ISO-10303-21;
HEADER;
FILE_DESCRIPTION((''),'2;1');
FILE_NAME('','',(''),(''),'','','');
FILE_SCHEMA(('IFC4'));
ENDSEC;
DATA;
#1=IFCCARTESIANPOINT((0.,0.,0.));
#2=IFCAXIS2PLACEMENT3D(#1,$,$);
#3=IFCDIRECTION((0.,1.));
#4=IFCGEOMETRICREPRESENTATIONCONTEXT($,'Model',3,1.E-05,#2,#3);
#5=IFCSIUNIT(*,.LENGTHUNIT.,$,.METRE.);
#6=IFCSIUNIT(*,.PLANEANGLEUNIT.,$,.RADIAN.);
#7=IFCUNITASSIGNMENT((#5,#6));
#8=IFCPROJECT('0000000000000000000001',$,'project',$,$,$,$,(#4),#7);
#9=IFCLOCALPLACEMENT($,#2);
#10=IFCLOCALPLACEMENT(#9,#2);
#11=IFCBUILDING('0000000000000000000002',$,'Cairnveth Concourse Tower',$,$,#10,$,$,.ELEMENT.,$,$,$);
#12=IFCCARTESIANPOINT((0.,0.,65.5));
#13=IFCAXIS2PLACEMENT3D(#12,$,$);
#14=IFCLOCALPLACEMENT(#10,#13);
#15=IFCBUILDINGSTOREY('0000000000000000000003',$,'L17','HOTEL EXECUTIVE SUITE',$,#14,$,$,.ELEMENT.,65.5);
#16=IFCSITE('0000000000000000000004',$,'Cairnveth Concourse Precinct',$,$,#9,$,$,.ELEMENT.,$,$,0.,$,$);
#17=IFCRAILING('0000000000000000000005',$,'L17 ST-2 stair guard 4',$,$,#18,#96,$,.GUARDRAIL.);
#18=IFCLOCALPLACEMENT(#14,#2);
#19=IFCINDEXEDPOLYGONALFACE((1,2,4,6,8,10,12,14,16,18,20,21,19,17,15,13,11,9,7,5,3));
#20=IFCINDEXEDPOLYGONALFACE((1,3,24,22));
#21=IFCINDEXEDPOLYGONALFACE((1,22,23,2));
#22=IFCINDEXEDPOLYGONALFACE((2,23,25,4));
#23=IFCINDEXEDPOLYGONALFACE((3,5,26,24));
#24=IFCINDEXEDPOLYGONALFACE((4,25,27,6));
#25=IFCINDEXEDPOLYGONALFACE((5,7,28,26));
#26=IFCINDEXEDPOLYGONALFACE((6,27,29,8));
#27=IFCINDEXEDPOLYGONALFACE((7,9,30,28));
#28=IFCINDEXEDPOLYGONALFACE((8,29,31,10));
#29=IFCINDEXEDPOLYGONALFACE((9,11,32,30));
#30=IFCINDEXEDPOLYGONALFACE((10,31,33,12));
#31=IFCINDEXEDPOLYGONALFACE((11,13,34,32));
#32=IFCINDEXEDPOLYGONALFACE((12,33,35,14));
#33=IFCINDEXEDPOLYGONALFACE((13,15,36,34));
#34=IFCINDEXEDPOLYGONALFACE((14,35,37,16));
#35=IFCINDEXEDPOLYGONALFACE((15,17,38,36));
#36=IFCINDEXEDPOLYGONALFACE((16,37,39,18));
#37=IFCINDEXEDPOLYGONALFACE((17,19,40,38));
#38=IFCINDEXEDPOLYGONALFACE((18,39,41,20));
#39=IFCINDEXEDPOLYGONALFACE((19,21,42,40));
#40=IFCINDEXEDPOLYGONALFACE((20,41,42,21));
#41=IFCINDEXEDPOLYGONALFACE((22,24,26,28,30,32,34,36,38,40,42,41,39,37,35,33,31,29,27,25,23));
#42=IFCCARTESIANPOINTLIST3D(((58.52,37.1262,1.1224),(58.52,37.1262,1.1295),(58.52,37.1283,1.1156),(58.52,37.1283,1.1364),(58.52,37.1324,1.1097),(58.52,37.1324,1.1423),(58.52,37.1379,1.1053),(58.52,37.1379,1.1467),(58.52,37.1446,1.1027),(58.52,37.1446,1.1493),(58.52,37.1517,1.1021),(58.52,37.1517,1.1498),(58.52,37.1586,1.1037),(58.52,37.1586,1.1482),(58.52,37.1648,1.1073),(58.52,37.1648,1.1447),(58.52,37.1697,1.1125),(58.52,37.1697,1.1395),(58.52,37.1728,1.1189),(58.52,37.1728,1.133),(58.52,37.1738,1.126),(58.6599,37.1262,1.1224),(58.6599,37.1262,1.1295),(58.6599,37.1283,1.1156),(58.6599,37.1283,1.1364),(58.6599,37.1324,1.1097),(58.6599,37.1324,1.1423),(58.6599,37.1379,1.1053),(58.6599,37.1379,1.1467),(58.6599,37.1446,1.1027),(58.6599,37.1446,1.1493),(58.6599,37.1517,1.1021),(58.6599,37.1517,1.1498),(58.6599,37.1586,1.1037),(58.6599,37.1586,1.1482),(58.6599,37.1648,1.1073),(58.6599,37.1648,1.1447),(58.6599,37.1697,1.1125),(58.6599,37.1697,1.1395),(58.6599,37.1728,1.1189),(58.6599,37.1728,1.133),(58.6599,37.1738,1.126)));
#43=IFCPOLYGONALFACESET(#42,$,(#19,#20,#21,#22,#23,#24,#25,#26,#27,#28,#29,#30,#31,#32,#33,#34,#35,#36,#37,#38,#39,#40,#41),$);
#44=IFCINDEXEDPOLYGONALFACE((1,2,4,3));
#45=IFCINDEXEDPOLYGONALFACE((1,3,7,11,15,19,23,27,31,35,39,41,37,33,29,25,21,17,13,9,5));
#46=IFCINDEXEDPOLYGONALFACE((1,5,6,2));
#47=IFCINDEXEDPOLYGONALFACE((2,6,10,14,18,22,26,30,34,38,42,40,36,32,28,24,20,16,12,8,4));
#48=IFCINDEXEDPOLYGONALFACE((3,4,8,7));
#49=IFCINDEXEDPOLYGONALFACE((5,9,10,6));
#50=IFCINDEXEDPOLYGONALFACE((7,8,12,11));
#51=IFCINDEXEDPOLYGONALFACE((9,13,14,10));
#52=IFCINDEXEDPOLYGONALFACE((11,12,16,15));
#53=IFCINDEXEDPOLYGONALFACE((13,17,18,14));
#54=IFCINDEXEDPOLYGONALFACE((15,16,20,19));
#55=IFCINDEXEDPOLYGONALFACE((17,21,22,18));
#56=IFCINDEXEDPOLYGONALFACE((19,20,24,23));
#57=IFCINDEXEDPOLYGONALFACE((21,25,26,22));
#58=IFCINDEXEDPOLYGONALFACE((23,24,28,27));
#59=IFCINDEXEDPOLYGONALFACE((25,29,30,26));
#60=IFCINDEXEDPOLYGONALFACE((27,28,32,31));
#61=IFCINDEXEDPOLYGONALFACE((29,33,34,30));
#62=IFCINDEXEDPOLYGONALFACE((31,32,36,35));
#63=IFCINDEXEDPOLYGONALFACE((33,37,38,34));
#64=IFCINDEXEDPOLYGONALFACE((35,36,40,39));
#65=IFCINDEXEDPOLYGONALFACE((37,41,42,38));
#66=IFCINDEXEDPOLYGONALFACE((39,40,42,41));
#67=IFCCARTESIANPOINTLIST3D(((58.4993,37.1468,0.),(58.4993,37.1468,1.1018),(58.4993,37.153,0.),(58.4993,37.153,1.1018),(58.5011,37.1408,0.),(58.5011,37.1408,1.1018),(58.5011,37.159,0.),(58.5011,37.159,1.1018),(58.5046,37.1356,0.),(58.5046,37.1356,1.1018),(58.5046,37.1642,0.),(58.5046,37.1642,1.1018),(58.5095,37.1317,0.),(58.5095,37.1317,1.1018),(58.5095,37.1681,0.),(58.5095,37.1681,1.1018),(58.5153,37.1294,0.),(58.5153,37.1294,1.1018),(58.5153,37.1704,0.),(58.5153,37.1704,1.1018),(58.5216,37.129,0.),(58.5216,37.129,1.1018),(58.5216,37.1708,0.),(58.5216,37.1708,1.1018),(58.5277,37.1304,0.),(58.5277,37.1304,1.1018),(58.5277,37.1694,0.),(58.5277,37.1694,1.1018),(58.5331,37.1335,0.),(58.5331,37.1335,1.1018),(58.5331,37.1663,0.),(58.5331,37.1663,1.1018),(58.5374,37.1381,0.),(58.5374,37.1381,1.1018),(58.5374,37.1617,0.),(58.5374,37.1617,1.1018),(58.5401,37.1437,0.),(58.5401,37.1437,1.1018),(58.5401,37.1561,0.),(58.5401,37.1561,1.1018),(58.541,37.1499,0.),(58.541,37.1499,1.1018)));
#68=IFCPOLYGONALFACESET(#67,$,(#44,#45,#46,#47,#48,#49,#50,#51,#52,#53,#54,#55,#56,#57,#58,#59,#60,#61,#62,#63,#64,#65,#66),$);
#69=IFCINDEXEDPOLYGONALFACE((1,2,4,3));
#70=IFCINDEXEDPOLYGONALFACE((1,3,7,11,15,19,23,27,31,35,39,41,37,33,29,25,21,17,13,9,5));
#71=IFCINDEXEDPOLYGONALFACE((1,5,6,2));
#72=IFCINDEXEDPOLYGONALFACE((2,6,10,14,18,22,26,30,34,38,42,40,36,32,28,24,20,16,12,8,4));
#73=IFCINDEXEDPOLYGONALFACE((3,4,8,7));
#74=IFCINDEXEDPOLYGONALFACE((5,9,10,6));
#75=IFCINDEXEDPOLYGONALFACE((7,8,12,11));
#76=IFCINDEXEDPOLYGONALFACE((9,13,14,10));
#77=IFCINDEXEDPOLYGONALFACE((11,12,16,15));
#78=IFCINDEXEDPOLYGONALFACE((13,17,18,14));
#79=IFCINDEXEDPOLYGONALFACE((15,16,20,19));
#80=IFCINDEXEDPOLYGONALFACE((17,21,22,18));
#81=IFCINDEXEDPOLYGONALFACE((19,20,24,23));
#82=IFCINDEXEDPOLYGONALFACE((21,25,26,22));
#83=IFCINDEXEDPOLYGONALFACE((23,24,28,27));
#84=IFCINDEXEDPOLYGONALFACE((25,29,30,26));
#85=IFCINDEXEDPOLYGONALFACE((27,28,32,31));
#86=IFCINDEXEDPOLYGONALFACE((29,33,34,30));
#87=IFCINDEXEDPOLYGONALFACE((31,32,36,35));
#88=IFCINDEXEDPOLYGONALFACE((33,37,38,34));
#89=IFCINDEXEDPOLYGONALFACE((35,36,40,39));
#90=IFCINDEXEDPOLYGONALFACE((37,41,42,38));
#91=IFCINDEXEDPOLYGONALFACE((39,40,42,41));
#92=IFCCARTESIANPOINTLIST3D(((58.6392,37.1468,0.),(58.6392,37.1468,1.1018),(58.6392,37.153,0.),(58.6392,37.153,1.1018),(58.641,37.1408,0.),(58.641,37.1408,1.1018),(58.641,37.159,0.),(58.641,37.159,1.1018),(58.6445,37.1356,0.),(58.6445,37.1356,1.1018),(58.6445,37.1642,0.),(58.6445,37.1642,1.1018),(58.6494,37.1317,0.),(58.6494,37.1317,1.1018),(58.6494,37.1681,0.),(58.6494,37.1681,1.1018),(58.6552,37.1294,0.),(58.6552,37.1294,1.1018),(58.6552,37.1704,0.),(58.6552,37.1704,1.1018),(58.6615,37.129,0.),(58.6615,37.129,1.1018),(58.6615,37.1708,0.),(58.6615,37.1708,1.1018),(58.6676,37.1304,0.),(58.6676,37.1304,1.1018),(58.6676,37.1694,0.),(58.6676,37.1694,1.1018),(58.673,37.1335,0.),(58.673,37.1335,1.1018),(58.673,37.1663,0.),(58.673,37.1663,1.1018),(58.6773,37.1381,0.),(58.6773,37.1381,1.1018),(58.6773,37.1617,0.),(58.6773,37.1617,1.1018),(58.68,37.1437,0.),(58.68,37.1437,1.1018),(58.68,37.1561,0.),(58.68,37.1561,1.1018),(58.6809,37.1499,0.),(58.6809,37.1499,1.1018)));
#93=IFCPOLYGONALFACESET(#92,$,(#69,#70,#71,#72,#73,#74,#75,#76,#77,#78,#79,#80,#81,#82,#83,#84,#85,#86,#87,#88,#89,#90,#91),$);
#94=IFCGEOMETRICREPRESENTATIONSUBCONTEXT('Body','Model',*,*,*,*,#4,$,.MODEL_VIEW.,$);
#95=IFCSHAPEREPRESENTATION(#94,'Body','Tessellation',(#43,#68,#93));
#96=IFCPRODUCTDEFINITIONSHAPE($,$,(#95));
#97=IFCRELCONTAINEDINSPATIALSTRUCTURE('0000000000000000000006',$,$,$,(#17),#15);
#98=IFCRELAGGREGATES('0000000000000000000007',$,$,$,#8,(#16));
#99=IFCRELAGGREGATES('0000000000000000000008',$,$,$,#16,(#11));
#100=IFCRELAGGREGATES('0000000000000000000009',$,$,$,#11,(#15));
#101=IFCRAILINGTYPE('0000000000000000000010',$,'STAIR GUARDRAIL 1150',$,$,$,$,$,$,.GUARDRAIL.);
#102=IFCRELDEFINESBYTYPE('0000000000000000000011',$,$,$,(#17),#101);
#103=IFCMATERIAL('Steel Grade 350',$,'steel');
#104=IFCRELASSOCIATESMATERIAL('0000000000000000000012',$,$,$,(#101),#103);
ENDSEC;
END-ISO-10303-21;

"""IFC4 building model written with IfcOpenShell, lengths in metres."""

from ifc_helpers import new_model, si_unit, direction, frame, origin, origin_2d, place, context, subcontext, project, spatial, circle, extrude, material, type_object, element, save


model = new_model("IFC4")

# Units and contexts
model_context = context("Model", 3, precision=1e-05, world=origin(), true_north=direction((0.0, 1.0)))
body_context = subcontext(model_context, "Body", "Model", "MODEL_VIEW")
ifc_project = project(units=[si_unit("LENGTHUNIT", "METRE"), si_unit("PLANEANGLEUNIT", "RADIAN")], contexts=[model_context])

# Site, building, storey
site_placement = place(None, origin())
site = spatial("IfcSite", under=ifc_project, at=site_placement, Name="Cairnveth Concourse Precinct", CompositionType="ELEMENT", RefElevation=0.0)
building_placement = place(site_placement, origin())
building = spatial("IfcBuilding", under=site, at=building_placement, Name="Cairnveth Concourse Tower", CompositionType="ELEMENT")
storey_placement = place(building_placement, frame((0.0, 0.0, 65.5)))
storey = spatial("IfcBuildingStorey", under=building, at=storey_placement, Name="L17", Description="HOTEL EXECUTIVE SUITE", CompositionType="ELEMENT", Elevation=65.5)

# Railing
ifc_material_1 = material(Name="Steel Grade 350", Category="steel")
railing_type_1 = type_object("IfcRailingType", Name="STAIR GUARDRAIL 1150", PredefinedType="GUARDRAIL", material=ifc_material_1)
railing_1_placement = place(storey_placement, frame((58.52, 37.1499, 0.0)))
element("IfcRailing", 1, at=railing_1_placement, inside=storey, type_object=railing_type_1, Name="L17 ST-2 stair guard 4", PredefinedType="GUARDRAIL", context=body_context, shape_type="SweptSolid", body=[
    extrude(circle(Radius=0.0239, at=origin_2d()), frame((0.0, 0.0, 1.126), z_axis=(1.0, 0.0, 0.0), x_axis=(0.0, 1.0, 0.0)), (0.0, 0.0, 1.0), 0.1399),
    extrude(circle(Radius=0.021, at=origin_2d()), origin(), (0.0, 0.0, 1.0), 1.1018),
    extrude(circle(Radius=0.021, at=origin_2d()), frame((0.1399, 0.0, 0.0)), (0.0, 0.0, 1.0), 1.1018),
])

save(model, "model.ifc")
